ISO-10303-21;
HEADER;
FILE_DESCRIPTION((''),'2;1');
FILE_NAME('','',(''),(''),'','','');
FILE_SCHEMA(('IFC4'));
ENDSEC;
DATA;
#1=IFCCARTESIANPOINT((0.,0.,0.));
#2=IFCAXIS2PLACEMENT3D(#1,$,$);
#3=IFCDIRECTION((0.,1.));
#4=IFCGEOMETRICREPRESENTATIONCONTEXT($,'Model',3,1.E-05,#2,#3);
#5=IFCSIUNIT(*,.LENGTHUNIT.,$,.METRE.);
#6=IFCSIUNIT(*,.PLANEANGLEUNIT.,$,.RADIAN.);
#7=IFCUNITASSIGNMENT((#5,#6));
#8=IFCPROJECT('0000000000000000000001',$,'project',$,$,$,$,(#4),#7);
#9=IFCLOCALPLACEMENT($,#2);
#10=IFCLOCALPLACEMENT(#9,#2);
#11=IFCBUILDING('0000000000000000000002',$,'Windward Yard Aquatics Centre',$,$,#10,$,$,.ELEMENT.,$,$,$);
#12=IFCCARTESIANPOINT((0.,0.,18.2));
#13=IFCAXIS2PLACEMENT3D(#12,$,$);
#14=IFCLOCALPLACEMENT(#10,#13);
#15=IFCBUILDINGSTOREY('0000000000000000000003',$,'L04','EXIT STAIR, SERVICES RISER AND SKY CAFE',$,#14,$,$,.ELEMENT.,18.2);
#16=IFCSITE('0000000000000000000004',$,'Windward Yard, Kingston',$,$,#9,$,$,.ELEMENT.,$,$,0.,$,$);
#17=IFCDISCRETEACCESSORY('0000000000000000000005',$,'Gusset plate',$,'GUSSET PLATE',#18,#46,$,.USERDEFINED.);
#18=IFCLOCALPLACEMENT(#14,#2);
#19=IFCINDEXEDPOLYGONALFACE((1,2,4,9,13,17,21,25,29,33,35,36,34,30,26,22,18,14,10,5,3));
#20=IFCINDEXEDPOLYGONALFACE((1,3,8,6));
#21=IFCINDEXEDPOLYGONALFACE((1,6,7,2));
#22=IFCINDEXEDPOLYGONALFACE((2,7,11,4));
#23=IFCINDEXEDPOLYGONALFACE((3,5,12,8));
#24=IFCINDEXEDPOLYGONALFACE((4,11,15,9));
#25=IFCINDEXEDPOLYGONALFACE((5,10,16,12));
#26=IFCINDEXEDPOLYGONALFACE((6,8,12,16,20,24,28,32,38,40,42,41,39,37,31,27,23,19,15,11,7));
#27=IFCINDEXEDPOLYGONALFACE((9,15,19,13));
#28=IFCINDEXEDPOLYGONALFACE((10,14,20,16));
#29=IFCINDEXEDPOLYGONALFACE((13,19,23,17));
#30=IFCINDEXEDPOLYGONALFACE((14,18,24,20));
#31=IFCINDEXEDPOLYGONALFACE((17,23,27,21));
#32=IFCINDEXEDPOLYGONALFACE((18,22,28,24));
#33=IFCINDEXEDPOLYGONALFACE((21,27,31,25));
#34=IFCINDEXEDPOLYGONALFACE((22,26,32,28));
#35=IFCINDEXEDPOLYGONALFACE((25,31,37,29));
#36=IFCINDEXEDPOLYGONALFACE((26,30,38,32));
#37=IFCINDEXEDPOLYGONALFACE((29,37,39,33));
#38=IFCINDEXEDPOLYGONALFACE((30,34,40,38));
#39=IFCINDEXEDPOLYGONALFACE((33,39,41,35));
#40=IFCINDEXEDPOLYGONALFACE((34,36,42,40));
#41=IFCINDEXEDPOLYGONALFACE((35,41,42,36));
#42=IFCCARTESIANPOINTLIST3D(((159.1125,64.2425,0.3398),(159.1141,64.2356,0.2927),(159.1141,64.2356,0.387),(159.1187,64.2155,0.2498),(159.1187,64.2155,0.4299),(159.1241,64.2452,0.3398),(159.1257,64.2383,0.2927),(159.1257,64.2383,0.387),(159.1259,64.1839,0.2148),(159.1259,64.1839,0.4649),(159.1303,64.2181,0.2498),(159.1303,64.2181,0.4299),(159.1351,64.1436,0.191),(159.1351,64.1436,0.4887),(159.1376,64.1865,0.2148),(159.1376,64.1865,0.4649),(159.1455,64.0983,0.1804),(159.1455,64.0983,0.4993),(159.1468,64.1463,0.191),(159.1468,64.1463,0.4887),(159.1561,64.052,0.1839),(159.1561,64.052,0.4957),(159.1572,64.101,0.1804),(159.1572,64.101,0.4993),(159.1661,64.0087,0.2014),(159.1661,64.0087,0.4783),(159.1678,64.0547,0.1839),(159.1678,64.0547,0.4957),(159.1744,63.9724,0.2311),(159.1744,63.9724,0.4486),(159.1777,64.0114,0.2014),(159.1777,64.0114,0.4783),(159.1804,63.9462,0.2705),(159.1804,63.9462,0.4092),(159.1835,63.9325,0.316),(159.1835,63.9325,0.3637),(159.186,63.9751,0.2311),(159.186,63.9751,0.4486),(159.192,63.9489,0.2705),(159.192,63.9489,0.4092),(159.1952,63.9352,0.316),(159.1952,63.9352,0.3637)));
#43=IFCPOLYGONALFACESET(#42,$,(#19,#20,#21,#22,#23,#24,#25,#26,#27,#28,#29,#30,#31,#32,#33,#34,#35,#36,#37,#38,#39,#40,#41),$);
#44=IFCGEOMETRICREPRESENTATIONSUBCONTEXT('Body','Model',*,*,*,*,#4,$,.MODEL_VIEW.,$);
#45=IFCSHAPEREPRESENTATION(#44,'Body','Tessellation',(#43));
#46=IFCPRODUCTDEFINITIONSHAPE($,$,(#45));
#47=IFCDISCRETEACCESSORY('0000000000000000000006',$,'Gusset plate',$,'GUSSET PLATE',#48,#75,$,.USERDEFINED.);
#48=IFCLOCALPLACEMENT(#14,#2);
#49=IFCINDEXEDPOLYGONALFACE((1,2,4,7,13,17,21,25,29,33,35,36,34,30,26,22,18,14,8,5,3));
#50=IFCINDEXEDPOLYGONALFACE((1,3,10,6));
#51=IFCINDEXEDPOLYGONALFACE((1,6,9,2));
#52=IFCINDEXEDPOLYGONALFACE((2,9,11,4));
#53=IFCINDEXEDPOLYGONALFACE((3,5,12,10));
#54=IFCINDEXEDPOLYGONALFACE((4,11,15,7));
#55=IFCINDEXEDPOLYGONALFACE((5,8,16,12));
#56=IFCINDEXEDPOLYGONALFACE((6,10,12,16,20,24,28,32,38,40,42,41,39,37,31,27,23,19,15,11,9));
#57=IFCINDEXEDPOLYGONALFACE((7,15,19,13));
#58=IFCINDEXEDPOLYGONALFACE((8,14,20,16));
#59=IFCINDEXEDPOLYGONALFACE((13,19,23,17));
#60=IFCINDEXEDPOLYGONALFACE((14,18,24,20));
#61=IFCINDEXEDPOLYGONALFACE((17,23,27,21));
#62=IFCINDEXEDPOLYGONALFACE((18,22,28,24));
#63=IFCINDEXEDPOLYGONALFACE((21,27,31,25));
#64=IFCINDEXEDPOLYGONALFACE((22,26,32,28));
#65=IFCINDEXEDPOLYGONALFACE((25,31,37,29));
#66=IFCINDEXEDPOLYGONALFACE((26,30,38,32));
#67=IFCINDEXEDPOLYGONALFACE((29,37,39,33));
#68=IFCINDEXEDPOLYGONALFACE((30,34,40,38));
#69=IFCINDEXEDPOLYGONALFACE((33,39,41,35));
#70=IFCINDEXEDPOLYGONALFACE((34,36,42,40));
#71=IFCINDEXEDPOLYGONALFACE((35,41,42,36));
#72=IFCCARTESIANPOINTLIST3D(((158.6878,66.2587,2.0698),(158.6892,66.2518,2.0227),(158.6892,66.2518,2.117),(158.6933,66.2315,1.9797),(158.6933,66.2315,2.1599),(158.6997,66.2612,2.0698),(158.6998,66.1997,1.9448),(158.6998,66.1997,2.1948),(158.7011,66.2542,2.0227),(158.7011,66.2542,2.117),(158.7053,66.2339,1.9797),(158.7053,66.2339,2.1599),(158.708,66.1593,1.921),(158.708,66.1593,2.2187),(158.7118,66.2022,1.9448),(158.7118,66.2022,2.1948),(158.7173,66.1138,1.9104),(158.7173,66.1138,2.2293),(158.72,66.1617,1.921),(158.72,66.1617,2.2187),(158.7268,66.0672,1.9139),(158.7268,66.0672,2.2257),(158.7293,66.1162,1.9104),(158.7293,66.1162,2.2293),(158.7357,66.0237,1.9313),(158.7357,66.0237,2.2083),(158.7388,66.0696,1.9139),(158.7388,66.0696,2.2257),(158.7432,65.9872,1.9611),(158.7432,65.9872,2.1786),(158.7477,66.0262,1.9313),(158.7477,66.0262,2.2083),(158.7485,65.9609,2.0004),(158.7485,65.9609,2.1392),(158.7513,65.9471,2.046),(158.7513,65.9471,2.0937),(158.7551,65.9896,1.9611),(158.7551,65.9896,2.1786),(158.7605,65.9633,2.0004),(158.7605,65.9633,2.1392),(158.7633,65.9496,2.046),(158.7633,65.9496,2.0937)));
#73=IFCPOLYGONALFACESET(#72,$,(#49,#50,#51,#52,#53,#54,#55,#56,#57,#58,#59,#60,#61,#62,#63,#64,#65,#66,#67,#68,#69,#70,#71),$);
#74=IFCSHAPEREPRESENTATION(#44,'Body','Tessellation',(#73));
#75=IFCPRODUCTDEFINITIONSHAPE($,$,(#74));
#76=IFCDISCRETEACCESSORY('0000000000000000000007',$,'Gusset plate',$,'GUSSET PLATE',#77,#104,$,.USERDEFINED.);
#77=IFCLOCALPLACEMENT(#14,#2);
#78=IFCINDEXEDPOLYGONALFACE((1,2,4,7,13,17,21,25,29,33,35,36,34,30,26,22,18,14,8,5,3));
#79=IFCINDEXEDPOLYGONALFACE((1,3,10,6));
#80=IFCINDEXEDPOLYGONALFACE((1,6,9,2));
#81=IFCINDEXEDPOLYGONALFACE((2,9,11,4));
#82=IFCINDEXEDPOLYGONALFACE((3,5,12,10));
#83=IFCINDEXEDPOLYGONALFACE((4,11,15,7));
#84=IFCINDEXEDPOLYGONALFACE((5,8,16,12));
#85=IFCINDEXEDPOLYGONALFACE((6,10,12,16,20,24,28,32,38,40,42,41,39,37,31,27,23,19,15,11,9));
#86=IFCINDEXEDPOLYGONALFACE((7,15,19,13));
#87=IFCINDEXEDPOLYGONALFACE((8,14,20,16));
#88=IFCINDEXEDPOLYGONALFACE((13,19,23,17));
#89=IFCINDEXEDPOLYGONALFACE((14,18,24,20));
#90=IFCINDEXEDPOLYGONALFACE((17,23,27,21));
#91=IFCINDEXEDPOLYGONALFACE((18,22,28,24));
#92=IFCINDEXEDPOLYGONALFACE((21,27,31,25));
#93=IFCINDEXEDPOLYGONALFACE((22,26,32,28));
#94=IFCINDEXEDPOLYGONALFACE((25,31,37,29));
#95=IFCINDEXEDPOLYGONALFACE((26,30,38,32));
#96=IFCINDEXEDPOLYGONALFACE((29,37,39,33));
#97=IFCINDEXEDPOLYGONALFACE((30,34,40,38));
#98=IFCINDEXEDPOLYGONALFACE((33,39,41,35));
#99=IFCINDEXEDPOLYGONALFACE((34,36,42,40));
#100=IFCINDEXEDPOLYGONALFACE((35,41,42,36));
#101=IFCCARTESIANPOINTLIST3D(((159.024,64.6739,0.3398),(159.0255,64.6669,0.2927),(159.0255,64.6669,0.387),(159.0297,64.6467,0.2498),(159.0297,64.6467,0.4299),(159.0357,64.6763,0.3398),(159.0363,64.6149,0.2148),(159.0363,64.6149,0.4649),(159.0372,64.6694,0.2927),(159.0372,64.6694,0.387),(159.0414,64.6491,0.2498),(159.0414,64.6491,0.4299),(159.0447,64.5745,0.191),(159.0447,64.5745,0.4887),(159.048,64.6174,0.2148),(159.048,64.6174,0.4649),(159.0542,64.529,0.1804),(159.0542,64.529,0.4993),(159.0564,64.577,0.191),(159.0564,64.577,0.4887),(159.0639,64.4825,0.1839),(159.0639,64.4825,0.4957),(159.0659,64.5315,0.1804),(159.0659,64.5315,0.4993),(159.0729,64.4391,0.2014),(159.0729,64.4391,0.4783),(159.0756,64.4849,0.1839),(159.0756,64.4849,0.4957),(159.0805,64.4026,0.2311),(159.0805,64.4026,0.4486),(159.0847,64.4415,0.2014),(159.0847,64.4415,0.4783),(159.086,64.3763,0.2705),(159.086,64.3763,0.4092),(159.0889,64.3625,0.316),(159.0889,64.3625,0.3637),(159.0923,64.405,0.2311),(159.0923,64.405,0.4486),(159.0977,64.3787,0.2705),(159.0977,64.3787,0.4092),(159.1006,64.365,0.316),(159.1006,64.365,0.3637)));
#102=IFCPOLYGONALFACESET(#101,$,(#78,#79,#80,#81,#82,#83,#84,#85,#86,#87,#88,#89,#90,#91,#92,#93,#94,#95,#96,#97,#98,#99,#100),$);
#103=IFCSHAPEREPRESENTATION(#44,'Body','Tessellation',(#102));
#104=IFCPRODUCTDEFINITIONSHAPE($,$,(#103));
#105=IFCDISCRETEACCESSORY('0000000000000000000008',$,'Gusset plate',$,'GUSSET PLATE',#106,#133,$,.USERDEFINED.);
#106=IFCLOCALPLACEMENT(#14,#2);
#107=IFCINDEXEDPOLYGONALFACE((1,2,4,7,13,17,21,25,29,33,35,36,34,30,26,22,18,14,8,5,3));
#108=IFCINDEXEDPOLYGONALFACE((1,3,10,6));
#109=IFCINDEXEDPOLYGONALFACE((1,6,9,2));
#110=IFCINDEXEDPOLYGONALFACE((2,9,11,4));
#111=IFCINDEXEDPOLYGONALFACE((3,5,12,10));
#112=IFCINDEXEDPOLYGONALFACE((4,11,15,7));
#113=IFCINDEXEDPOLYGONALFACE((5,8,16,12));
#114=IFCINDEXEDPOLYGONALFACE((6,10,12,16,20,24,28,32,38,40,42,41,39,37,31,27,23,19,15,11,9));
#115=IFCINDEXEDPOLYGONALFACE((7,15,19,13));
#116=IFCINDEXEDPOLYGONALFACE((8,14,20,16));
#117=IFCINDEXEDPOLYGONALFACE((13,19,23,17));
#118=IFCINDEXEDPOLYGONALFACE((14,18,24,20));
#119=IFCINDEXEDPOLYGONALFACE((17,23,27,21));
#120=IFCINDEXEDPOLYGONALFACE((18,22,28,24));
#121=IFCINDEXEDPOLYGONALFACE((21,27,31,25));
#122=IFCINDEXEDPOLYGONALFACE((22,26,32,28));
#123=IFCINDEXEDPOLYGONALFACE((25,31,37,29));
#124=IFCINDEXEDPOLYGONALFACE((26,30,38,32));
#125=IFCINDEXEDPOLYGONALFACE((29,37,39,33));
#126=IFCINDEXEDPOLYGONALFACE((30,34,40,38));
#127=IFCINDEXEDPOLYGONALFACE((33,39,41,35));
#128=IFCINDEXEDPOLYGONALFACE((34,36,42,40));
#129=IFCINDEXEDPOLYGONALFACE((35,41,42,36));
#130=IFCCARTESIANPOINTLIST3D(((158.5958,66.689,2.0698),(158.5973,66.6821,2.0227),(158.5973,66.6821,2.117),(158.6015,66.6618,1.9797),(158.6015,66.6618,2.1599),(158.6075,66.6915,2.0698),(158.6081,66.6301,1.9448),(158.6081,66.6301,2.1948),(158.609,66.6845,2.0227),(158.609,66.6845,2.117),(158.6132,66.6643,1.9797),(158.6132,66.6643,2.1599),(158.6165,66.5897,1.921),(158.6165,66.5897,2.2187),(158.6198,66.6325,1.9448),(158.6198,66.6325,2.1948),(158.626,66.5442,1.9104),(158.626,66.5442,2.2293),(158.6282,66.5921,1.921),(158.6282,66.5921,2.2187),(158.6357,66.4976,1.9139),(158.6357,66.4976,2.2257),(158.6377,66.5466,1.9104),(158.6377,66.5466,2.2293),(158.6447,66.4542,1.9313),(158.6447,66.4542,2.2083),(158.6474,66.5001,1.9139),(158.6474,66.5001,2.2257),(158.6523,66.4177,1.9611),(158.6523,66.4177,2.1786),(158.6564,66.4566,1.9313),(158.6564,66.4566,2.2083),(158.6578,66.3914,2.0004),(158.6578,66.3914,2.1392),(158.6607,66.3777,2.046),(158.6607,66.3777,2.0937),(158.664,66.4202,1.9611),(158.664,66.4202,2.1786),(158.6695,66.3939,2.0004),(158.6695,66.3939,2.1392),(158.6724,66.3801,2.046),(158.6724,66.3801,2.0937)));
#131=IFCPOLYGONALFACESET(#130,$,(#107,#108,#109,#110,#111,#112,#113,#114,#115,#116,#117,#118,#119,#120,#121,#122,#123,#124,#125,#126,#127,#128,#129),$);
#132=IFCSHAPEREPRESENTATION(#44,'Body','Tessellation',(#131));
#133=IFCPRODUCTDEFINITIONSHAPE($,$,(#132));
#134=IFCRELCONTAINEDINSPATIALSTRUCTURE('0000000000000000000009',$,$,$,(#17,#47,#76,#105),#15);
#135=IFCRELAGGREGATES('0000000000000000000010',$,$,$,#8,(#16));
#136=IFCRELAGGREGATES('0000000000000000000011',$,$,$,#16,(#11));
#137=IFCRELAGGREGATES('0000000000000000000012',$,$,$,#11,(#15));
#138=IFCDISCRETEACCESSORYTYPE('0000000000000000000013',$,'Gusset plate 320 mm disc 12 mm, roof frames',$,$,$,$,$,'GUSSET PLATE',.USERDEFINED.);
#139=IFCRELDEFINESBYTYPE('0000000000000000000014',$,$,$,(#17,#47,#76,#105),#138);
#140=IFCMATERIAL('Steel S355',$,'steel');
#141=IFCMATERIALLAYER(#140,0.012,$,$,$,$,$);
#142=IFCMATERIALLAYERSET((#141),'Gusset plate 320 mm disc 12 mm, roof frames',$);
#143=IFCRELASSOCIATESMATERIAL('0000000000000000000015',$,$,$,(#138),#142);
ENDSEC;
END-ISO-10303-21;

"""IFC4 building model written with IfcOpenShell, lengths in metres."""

from ifc_helpers import new_model, si_unit, direction, frame, origin, origin_2d, place, context, subcontext, project, spatial, circle, extrude, material, layer, layer_set, type_object, element, save


model = new_model("IFC4")

# Units and contexts
model_context = context("Model", 3, precision=1e-05, world=origin(), true_north=direction((0.0, 1.0)))
body_context = subcontext(model_context, "Body", "Model", "MODEL_VIEW")
ifc_project = project(units=[si_unit("LENGTHUNIT", "METRE"), si_unit("PLANEANGLEUNIT", "RADIAN")], contexts=[model_context])

# Site, building, storey
site_placement = place(None, origin())
site = spatial("IfcSite", under=ifc_project, at=site_placement, Name="Windward Yard, Kingston", CompositionType="ELEMENT", RefElevation=0.0)
building_placement = place(site_placement, origin())
building = spatial("IfcBuilding", under=site, at=building_placement, Name="Windward Yard Aquatics Centre", CompositionType="ELEMENT")
storey_placement = place(building_placement, frame((0.0, 0.0, 18.2)))
storey = spatial("IfcBuildingStorey", under=building, at=storey_placement, Name="L04", Description="EXIT STAIR, SERVICES RISER AND SKY CAFE", CompositionType="ELEMENT", Elevation=18.2)

# Discrete accessories
ifc_material_1 = material(Name="Steel S355", Category="steel")
ifc_layer = layer(ifc_material_1, 0.012)
ifc_layer_set = layer_set([ifc_layer], Name="Gusset plate 320 mm disc 12 mm, roof frames")
discrete_accessory_type = type_object("IfcDiscreteAccessoryType", Name="Gusset plate 320 mm disc 12 mm, roof frames", ElementType="GUSSET PLATE", PredefinedType="USERDEFINED", material=ifc_layer_set)
for number, where, z_axis, x_axis, name in (
    (1, (159.1482, 64.0867, 0.3398), (0.974732, 0.223376, 0.0), (-0.223376, 0.974732, 0.0), "Gusset plate"),
):
    element("IfcDiscreteAccessory", number, at=place(storey_placement, frame(where, z_axis=z_axis, x_axis=x_axis)), inside=storey, type_object=discrete_accessory_type, Name=name, ObjectType="GUSSET PLATE", PredefinedType="USERDEFINED", context=body_context, shape_type="SweptSolid", body=[
        extrude(circle(Radius=0.1599, at=origin_2d()), origin(), (0.0, 0.0, 1.0), 0.012),
    ])
discrete_accessory_placement = place(storey_placement, frame((158.7197, 66.1021, 2.0698), z_axis=(0.979804, 0.19996, 0.0), x_axis=(-0.19996, 0.979804, 0.0)))
element("IfcDiscreteAccessory", 2, at=discrete_accessory_placement, inside=storey, type_object=discrete_accessory_type, Name="Gusset plate", ObjectType="GUSSET PLATE", PredefinedType="USERDEFINED", context=body_context, shape_type="SweptSolid", body=[
    extrude(circle(Radius=0.1599, at=origin_2d()), origin(), (0.0, 0.0, 1.0), 0.0122),
])
for number, where, z_axis, x_axis, name in (
    (3, (159.0566, 64.5173, 0.3398), (0.97898, 0.203954, 0.0), (-0.203954, 0.97898, 0.0), "Gusset plate"),
    (4, (158.6284, 66.5325, 2.0698), (0.97898, 0.203954, 0.0), (-0.203954, 0.97898, 0.0), "Gusset plate"),
):
    element("IfcDiscreteAccessory", number, at=place(storey_placement, frame(where, z_axis=z_axis, x_axis=x_axis)), inside=storey, type_object=discrete_accessory_type, Name=name, ObjectType="GUSSET PLATE", PredefinedType="USERDEFINED", context=body_context, shape_type="SweptSolid", body=[
        extrude(circle(Radius=0.1599, at=origin_2d()), origin(), (0.0, 0.0, 1.0), 0.012),
    ])

save(model, "model.ifc")
